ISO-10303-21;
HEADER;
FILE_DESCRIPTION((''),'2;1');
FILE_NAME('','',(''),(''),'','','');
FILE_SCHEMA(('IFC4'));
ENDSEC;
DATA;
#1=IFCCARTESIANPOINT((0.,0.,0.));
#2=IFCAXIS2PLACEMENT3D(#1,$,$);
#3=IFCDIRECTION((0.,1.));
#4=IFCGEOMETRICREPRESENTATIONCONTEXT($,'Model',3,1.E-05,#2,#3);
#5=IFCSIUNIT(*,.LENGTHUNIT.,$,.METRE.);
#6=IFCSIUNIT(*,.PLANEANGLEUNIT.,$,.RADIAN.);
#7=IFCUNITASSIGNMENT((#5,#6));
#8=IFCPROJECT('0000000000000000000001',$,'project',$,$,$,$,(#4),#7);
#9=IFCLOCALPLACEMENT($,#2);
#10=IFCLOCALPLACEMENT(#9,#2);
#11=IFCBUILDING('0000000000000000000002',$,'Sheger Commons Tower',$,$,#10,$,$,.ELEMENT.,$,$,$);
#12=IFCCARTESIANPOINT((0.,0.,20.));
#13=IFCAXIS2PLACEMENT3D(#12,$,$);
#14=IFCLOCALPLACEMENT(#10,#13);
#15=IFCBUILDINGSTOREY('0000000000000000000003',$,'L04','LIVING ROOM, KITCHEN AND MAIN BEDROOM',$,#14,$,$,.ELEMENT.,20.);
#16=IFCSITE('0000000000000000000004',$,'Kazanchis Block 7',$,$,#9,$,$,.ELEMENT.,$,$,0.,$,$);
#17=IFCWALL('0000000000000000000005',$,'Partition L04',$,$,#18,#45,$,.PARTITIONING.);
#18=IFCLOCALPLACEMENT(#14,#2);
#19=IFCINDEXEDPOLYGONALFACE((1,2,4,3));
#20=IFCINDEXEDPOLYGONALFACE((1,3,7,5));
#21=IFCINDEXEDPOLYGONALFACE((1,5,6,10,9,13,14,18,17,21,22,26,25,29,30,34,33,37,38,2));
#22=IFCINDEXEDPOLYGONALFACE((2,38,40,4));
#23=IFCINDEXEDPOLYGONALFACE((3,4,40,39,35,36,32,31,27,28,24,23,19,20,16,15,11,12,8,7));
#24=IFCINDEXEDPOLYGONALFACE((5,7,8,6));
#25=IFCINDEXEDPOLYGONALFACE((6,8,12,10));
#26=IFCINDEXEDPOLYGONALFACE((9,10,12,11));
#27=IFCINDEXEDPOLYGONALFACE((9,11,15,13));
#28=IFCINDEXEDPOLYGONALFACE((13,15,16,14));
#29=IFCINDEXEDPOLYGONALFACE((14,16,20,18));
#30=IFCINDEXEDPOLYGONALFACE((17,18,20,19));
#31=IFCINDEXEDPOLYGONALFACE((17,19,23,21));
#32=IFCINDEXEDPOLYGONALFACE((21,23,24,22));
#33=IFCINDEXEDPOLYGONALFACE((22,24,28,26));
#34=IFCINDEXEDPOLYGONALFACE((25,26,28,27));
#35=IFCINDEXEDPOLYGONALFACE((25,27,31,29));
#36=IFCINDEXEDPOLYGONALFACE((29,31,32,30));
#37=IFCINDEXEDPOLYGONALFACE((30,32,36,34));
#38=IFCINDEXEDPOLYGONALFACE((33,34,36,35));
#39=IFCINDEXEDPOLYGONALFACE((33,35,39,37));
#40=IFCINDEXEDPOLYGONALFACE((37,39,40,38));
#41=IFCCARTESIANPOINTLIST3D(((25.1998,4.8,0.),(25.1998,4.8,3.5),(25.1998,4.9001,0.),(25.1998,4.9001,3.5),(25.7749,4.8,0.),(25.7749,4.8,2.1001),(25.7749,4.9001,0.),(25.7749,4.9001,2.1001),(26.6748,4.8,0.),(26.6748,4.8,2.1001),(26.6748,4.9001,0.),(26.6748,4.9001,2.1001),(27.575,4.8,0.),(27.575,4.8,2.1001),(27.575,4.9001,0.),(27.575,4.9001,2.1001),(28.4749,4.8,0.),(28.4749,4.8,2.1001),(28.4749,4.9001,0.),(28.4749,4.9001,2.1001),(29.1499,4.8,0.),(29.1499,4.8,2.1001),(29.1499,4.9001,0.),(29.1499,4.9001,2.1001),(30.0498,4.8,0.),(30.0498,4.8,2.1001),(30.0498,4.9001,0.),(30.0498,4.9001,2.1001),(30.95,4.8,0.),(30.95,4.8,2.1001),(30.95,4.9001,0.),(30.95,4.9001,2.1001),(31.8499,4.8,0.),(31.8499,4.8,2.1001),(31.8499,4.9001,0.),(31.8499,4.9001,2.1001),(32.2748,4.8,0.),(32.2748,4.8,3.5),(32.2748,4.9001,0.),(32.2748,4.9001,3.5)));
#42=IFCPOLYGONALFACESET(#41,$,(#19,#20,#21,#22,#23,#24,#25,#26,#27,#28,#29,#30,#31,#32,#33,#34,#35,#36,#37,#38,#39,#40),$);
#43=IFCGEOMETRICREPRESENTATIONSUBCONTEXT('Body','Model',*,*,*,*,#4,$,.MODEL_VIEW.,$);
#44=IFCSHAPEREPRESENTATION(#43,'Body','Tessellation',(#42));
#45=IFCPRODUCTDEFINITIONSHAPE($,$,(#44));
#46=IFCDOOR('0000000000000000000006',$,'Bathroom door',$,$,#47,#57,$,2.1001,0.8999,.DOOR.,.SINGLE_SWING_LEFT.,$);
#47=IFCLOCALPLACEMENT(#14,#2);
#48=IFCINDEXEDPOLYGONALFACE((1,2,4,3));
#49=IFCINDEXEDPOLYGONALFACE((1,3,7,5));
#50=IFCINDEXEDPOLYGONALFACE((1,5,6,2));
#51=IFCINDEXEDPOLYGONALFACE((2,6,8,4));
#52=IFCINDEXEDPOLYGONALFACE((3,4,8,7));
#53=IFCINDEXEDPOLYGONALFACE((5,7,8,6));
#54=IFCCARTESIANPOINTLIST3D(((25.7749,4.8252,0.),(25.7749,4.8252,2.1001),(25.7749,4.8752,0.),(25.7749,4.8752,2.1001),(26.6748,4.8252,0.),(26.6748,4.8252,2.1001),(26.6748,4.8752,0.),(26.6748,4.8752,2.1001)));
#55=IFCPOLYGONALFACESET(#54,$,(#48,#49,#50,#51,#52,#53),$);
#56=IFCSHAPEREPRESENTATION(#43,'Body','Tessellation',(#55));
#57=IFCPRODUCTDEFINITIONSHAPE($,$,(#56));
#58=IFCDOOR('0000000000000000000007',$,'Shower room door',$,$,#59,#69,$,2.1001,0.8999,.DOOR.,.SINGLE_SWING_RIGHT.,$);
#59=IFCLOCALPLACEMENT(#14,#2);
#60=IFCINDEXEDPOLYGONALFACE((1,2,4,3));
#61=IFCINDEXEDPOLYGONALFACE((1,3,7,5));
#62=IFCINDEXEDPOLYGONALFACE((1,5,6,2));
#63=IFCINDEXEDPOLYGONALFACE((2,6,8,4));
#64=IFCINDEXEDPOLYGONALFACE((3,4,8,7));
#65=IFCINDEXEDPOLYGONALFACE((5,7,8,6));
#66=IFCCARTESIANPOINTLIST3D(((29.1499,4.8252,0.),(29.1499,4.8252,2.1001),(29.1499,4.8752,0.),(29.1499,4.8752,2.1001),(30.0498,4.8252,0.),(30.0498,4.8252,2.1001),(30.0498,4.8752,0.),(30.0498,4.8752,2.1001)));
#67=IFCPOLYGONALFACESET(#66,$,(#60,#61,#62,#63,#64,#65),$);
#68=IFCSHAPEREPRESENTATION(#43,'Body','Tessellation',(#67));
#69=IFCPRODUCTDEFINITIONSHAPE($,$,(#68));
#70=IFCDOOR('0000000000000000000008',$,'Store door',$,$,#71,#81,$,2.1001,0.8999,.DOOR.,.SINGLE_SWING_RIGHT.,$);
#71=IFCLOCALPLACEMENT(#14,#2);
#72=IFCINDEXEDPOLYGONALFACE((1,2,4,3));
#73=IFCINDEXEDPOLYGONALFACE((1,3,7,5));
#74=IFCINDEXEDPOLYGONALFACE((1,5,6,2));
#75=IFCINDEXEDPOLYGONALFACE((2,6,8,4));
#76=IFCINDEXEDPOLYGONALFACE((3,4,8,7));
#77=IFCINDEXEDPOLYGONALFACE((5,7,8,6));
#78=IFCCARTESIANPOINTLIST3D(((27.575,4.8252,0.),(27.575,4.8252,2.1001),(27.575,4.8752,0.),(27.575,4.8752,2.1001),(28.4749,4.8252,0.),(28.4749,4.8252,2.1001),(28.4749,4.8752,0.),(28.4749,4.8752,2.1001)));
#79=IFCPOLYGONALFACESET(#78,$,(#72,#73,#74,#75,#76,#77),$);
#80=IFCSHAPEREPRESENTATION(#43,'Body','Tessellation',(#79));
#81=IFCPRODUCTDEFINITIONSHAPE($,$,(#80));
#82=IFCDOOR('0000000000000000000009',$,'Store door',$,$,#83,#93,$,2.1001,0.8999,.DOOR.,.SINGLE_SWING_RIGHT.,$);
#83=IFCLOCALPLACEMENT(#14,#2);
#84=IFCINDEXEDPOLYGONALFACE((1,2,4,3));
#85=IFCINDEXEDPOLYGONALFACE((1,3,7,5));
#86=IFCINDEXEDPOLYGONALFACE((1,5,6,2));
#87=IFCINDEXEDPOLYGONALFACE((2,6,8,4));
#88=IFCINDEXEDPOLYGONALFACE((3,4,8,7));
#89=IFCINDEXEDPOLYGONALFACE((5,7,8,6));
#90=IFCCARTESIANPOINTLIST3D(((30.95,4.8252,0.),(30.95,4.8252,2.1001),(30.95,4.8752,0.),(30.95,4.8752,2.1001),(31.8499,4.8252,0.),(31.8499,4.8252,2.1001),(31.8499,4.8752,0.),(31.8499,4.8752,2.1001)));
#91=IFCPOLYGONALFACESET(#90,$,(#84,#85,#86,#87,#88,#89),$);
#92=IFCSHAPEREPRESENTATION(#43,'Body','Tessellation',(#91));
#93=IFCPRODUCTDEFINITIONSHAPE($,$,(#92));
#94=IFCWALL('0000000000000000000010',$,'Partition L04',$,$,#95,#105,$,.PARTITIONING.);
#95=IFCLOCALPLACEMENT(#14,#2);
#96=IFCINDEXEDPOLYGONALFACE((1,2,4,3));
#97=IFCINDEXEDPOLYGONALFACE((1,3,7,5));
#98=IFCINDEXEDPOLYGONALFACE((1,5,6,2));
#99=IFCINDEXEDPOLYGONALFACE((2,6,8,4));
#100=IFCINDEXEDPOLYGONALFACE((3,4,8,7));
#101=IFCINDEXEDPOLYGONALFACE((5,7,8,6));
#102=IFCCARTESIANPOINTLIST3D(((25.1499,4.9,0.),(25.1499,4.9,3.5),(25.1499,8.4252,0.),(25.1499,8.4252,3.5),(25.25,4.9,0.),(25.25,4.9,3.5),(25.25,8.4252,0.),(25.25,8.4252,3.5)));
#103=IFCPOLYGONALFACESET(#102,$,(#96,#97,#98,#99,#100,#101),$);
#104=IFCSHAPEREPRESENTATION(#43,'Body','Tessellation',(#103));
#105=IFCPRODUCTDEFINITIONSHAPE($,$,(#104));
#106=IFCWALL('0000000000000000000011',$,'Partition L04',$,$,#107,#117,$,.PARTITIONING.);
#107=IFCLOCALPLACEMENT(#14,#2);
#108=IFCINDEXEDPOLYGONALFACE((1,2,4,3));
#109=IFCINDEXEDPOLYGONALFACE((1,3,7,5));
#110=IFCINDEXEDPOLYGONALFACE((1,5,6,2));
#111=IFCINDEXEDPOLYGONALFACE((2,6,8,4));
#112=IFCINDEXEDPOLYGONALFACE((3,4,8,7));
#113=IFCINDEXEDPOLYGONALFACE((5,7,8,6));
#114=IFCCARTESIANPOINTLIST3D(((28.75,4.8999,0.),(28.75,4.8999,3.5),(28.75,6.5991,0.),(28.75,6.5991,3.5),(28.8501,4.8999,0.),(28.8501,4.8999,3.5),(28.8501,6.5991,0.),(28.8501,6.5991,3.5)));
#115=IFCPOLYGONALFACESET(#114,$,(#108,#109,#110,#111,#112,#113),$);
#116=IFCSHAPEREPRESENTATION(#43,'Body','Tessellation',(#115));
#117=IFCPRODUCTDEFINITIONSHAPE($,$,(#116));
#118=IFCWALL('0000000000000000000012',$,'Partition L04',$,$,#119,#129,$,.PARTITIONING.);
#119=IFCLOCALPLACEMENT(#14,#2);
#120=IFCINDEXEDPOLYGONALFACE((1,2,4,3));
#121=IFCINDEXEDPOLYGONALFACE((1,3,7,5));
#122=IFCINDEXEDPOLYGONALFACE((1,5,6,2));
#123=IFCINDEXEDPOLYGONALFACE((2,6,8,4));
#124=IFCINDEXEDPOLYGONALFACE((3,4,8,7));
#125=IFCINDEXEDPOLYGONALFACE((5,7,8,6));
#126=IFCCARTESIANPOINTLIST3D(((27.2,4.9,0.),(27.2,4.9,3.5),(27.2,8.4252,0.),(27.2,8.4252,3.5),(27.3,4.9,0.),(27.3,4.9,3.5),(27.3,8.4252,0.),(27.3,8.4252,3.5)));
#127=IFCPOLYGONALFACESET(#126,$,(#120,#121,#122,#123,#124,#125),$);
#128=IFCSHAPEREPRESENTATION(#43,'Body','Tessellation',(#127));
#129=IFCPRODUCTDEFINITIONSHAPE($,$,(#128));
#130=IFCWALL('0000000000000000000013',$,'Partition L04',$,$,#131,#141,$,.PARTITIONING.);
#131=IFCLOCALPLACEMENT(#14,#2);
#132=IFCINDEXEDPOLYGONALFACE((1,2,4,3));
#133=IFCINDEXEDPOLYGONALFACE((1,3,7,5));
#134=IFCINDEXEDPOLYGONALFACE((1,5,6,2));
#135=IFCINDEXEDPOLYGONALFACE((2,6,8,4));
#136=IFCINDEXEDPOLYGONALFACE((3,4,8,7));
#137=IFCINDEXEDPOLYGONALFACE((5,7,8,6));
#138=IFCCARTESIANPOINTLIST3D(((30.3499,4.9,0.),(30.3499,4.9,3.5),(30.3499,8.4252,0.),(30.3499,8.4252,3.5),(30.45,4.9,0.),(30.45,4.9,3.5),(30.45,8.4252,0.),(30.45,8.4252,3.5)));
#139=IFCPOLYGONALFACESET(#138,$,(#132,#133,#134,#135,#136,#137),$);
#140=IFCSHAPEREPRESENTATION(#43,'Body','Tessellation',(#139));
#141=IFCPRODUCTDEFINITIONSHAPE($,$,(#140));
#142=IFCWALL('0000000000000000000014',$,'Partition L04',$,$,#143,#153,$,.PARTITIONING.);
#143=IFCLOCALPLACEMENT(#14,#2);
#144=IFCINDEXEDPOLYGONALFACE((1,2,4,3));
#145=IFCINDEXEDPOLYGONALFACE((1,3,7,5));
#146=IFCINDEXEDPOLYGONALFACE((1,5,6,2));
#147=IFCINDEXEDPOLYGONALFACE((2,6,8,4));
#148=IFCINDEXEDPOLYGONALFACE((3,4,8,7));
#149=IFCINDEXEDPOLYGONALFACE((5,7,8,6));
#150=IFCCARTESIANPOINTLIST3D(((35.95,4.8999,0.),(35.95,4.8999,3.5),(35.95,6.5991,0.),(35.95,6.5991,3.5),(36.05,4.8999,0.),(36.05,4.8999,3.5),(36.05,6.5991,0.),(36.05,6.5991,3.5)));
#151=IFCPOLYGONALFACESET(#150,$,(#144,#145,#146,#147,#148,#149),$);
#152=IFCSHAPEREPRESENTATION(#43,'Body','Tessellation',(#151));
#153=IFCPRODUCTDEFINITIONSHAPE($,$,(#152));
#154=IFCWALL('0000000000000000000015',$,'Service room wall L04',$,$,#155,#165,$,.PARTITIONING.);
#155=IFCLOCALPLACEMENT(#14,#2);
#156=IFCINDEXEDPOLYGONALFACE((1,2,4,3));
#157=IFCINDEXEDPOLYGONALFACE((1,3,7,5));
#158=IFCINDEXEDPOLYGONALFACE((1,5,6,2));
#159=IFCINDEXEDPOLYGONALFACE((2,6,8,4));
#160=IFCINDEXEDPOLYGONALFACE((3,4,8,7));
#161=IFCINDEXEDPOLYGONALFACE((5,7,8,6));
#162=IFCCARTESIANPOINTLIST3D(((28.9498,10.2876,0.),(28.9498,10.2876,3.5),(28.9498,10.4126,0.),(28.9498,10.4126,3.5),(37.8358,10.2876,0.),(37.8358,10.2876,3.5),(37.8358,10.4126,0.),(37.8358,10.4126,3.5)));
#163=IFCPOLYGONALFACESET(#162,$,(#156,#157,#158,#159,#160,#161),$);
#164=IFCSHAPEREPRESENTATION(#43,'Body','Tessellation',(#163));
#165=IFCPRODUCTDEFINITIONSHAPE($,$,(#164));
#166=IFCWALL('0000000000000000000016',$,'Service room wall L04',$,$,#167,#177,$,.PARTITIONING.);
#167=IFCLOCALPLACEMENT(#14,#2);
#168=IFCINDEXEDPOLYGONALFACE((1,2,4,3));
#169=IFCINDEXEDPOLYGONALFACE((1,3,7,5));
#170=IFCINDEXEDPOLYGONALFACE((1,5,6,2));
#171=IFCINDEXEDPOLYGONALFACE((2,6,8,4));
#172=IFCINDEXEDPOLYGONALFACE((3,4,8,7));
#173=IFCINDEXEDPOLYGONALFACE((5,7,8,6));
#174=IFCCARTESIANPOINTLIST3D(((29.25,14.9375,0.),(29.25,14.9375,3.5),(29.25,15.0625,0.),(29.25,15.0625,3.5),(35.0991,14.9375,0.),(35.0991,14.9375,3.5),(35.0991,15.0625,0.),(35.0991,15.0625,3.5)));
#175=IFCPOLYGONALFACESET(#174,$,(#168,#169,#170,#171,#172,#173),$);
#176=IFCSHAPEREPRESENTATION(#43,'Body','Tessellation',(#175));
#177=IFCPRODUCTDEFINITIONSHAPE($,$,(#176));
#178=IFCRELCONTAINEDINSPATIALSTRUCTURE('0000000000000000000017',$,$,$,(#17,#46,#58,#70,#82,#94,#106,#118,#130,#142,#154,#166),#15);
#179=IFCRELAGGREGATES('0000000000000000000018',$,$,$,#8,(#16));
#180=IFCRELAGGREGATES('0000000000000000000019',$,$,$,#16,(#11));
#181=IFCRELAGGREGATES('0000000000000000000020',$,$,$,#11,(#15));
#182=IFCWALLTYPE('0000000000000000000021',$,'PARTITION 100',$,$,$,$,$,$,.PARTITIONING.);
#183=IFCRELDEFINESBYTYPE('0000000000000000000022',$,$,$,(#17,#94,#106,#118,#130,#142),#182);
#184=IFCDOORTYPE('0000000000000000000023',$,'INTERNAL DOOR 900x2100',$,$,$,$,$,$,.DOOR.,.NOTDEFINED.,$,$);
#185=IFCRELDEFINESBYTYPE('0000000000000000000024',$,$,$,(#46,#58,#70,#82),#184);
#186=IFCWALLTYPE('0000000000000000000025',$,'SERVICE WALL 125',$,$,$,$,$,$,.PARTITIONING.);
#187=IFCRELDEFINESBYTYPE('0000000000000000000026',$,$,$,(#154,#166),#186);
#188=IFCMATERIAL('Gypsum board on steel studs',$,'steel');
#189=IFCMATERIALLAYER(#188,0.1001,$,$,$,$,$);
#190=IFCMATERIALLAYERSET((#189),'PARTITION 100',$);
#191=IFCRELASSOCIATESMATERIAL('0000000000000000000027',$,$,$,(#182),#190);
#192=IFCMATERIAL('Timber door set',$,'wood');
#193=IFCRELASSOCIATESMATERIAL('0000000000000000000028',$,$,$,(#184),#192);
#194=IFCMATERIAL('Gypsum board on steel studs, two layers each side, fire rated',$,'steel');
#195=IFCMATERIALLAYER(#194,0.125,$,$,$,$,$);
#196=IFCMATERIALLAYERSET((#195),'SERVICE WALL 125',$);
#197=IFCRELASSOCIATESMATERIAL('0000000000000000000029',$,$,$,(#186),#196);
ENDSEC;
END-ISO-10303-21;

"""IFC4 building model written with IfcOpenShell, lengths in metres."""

from ifc_helpers import new_model, si_unit, direction, frame, frame_2d, origin, place, context, subcontext, project, spatial, rectangle, extrude, material, layer, layer_set, type_object, element, fill, save


model = new_model("IFC4")

# Units and contexts
model_context = context("Model", 3, precision=1e-05, world=origin(), true_north=direction((0.0, 1.0)))
body_context = subcontext(model_context, "Body", "Model", "MODEL_VIEW")
ifc_project = project(units=[si_unit("LENGTHUNIT", "METRE"), si_unit("PLANEANGLEUNIT", "RADIAN")], contexts=[model_context])

# Site, building, storey
site_placement = place(None, origin())
site = spatial("IfcSite", under=ifc_project, at=site_placement, Name="Kazanchis Block 7", CompositionType="ELEMENT", RefElevation=0.0)
building_placement = place(site_placement, origin())
building = spatial("IfcBuilding", under=site, at=building_placement, Name="Sheger Commons Tower", CompositionType="ELEMENT")
storey_placement = place(building_placement, frame((0.0, 0.0, 20.0)))
storey = spatial("IfcBuildingStorey", under=building, at=storey_placement, Name="L04", Description="LIVING ROOM, KITCHEN AND MAIN BEDROOM", CompositionType="ELEMENT", Elevation=20.0)

# Wall, openings, doors
ifc_material_1 = material(Name="Gypsum board on steel studs", Category="steel")
ifc_layer_1 = layer(ifc_material_1, 0.1001)
ifc_layer_set_1 = layer_set([ifc_layer_1], Name="PARTITION 100")
wall_type_1 = type_object("IfcWallType", Name="PARTITION 100", PredefinedType="PARTITIONING", material=ifc_layer_set_1)
wall_1_placement = place(storey_placement, frame((32.2749, 4.8501, 0.0), z_axis=(0.0, 0.0, 1.0), x_axis=(-1.0, 0.0, 0.0)))
wall_1 = element("IfcWall", 1, at=wall_1_placement, inside=storey, type_object=wall_type_1, Name="Partition L04", PredefinedType="PARTITIONING", context=body_context, shape_type="SweptSolid", body=[
    extrude(rectangle(XDim=7.075, YDim=0.1001, at=frame_2d((3.5376, 0.0))), origin(), (0.0, 0.0, 1.0), 3.5),
])
opening_1_placement = place(wall_1_placement, frame((5.6001, 0.0, 0.0)))
opening_1 = element("IfcOpeningElement", 2, at=opening_1_placement, cuts=wall_1, PredefinedType="OPENING", context=body_context, shape_type="SweptSolid", body=[
    extrude(rectangle(XDim=0.8999, YDim=2.1001, at=frame_2d((0.45, 1.05))), frame((0.0, 0.0601, 0.0), z_axis=(0.0, -1.0, 0.0), x_axis=(1.0, 0.0, 0.0)), (0.0, 0.0, 1.0), 0.1201),
])
opening_2_placement = place(wall_1_placement, frame((2.2251, 0.0, 0.0)))
opening_2 = element("IfcOpeningElement", 3, at=opening_2_placement, cuts=wall_1, PredefinedType="OPENING", context=body_context, shape_type="SweptSolid", body=[
    extrude(rectangle(XDim=0.8999, YDim=2.1001, at=frame_2d((0.45, 1.05))), frame((0.0, 0.0601, 0.0), z_axis=(0.0, -1.0, 0.0), x_axis=(1.0, 0.0, 0.0)), (0.0, 0.0, 1.0), 0.1201),
])
opening_3_placement = place(wall_1_placement, frame((3.8, 0.0, 0.0)))
opening_3 = element("IfcOpeningElement", 4, at=opening_3_placement, cuts=wall_1, PredefinedType="OPENING", context=body_context, shape_type="SweptSolid", body=[
    extrude(rectangle(XDim=0.8999, YDim=2.1001, at=frame_2d((0.45, 1.05))), frame((0.0, 0.0601, 0.0), z_axis=(0.0, -1.0, 0.0), x_axis=(1.0, 0.0, 0.0)), (0.0, 0.0, 1.0), 0.1201),
])
opening_4_placement = place(wall_1_placement, frame((0.425, 0.0, 0.0)))
opening_4 = element("IfcOpeningElement", 5, at=opening_4_placement, cuts=wall_1, PredefinedType="OPENING", context=body_context, shape_type="SweptSolid", body=[
    extrude(rectangle(XDim=0.8999, YDim=2.1001, at=frame_2d((0.45, 1.05))), frame((0.0, 0.0601, 0.0), z_axis=(0.0, -1.0, 0.0), x_axis=(1.0, 0.0, 0.0)), (0.0, 0.0, 1.0), 0.1201),
])
ifc_material_2 = material(Name="Timber door set", Category="wood")
door_type_1 = type_object("IfcDoorType", Name="INTERNAL DOOR 900x2100", OperationType="NOTDEFINED", PredefinedType="DOOR", material=ifc_material_2)
door_1_placement = place(opening_1_placement, origin())
door_1 = element("IfcDoor", 6, at=door_1_placement, inside=storey, type_object=door_type_1, Name="Bathroom door", OperationType="SINGLE_SWING_LEFT", OverallHeight=2.1001, OverallWidth=0.8999, PredefinedType="DOOR", context=body_context, shape_type="SweptSolid", body=[
    extrude(rectangle(XDim=0.8999, YDim=2.1001, at=frame_2d((0.45, 1.05))), frame((0.0, 0.0249, 0.0), z_axis=(0.0, -1.0, 0.0), x_axis=(1.0, 0.0, 0.0)), (0.0, 0.0, 1.0), 0.05),
])
fill(opening_1, door_1)
door_2_placement = place(opening_2_placement, origin())
door_2 = element("IfcDoor", 7, at=door_2_placement, inside=storey, type_object=door_type_1, Name="Shower room door", OperationType="SINGLE_SWING_RIGHT", OverallHeight=2.1001, OverallWidth=0.8999, PredefinedType="DOOR", context=body_context, shape_type="SweptSolid", body=[
    extrude(rectangle(XDim=0.8999, YDim=2.1001, at=frame_2d((0.45, 1.05))), frame((0.0, 0.0249, 0.0), z_axis=(0.0, -1.0, 0.0), x_axis=(1.0, 0.0, 0.0)), (0.0, 0.0, 1.0), 0.05),
])
fill(opening_2, door_2)
door_3_placement = place(opening_3_placement, origin())
door_3 = element("IfcDoor", 8, at=door_3_placement, inside=storey, type_object=door_type_1, Name="Store door", OperationType="SINGLE_SWING_RIGHT", OverallHeight=2.1001, OverallWidth=0.8999, PredefinedType="DOOR", context=body_context, shape_type="SweptSolid", body=[
    extrude(rectangle(XDim=0.8999, YDim=2.1001, at=frame_2d((0.45, 1.05))), frame((0.0, 0.0249, 0.0), z_axis=(0.0, -1.0, 0.0), x_axis=(1.0, 0.0, 0.0)), (0.0, 0.0, 1.0), 0.05),
])
fill(opening_3, door_3)
door_4_placement = place(opening_4_placement, origin())
door_4 = element("IfcDoor", 9, at=door_4_placement, inside=storey, type_object=door_type_1, Name="Store door", OperationType="SINGLE_SWING_RIGHT", OverallHeight=2.1001, OverallWidth=0.8999, PredefinedType="DOOR", context=body_context, shape_type="SweptSolid", body=[
    extrude(rectangle(XDim=0.8999, YDim=2.1001, at=frame_2d((0.45, 1.05))), frame((0.0, 0.0249, 0.0), z_axis=(0.0, -1.0, 0.0), x_axis=(1.0, 0.0, 0.0)), (0.0, 0.0, 1.0), 0.05),
])
fill(opening_4, door_4)

# Walls
wall_2_placement = place(storey_placement, frame((25.2, 4.8999, 0.0), z_axis=(0.0, 0.0, 1.0), x_axis=(0.0, 1.0, 0.0)))
element("IfcWall", 10, at=wall_2_placement, inside=storey, type_object=wall_type_1, Name="Partition L04", PredefinedType="PARTITIONING", context=body_context, shape_type="SweptSolid", body=[
    extrude(rectangle(XDim=3.5251, YDim=0.1001, at=frame_2d((1.7627, 0.0))), origin(), (0.0, 0.0, 1.0), 3.5),
])
wall_3_placement = place(storey_placement, frame((28.8, 4.8999, 0.0), z_axis=(0.0, 0.0, 1.0), x_axis=(0.0, 1.0, 0.0)))
element("IfcWall", 11, at=wall_3_placement, inside=storey, type_object=wall_type_1, Name="Partition L04", PredefinedType="PARTITIONING", context=body_context, shape_type="SweptSolid", body=[
    extrude(rectangle(XDim=1.6992, YDim=0.1001, at=frame_2d((0.8496, 0.0))), origin(), (0.0, 0.0, 1.0), 3.5),
])
for number, where, z_axis, x_axis, name in (
    (12, (27.25, 4.8999, 0.0), (0.0, 0.0, 1.0), (0.0, 1.0, 0.0), "Partition L04"),
    (13, (30.3999, 4.8999, 0.0), (0.0, 0.0, 1.0), (0.0, 1.0, 0.0), "Partition L04"),
):
    element("IfcWall", number, at=place(storey_placement, frame(where, z_axis=z_axis, x_axis=x_axis)), inside=storey, type_object=wall_type_1, Name=name, PredefinedType="PARTITIONING", context=body_context, shape_type="SweptSolid", body=[
        extrude(rectangle(XDim=3.5251, YDim=0.1001, at=frame_2d((1.7627, 0.0))), origin(), (0.0, 0.0, 1.0), 3.5),
    ])
wall_4_placement = place(storey_placement, frame((36.0, 4.8999, 0.0), z_axis=(0.0, 0.0, 1.0), x_axis=(0.0, 1.0, 0.0)))
element("IfcWall", 14, at=wall_4_placement, inside=storey, type_object=wall_type_1, Name="Partition L04", PredefinedType="PARTITIONING", context=body_context, shape_type="SweptSolid", body=[
    extrude(rectangle(XDim=1.6992, YDim=0.1001, at=frame_2d((0.8496, 0.0))), origin(), (0.0, 0.0, 1.0), 3.5),
])
ifc_material_3 = material(Name="Gypsum board on steel studs, two layers each side, fire rated", Category="steel")
ifc_layer_2 = layer(ifc_material_3, 0.125)
ifc_layer_set_2 = layer_set([ifc_layer_2], Name="SERVICE WALL 125")
wall_type_2 = type_object("IfcWallType", Name="SERVICE WALL 125", PredefinedType="PARTITIONING", material=ifc_layer_set_2)
wall_5_placement = place(storey_placement, frame((28.95, 10.3501, 0.0), z_axis=(0.0, 0.0, 1.0), x_axis=(1.0, 0.0, 0.0)))
element("IfcWall", 15, at=wall_5_placement, inside=storey, type_object=wall_type_2, Name="Service room wall L04", PredefinedType="PARTITIONING", context=body_context, shape_type="SweptSolid", body=[
    extrude(rectangle(XDim=8.886, YDim=0.125, at=frame_2d((4.4429, 0.0))), origin(), (0.0, 0.0, 1.0), 3.5),
])
wall_6_placement = place(storey_placement, frame((29.25, 15.0, 0.0), z_axis=(0.0, 0.0, 1.0), x_axis=(1.0, 0.0, 0.0)))
element("IfcWall", 16, at=wall_6_placement, inside=storey, type_object=wall_type_2, Name="Service room wall L04", PredefinedType="PARTITIONING", context=body_context, shape_type="SweptSolid", body=[
    extrude(rectangle(XDim=5.8491, YDim=0.125, at=frame_2d((2.9246, 0.0))), origin(), (0.0, 0.0, 1.0), 3.5),
])

save(model, "model.ifc")
